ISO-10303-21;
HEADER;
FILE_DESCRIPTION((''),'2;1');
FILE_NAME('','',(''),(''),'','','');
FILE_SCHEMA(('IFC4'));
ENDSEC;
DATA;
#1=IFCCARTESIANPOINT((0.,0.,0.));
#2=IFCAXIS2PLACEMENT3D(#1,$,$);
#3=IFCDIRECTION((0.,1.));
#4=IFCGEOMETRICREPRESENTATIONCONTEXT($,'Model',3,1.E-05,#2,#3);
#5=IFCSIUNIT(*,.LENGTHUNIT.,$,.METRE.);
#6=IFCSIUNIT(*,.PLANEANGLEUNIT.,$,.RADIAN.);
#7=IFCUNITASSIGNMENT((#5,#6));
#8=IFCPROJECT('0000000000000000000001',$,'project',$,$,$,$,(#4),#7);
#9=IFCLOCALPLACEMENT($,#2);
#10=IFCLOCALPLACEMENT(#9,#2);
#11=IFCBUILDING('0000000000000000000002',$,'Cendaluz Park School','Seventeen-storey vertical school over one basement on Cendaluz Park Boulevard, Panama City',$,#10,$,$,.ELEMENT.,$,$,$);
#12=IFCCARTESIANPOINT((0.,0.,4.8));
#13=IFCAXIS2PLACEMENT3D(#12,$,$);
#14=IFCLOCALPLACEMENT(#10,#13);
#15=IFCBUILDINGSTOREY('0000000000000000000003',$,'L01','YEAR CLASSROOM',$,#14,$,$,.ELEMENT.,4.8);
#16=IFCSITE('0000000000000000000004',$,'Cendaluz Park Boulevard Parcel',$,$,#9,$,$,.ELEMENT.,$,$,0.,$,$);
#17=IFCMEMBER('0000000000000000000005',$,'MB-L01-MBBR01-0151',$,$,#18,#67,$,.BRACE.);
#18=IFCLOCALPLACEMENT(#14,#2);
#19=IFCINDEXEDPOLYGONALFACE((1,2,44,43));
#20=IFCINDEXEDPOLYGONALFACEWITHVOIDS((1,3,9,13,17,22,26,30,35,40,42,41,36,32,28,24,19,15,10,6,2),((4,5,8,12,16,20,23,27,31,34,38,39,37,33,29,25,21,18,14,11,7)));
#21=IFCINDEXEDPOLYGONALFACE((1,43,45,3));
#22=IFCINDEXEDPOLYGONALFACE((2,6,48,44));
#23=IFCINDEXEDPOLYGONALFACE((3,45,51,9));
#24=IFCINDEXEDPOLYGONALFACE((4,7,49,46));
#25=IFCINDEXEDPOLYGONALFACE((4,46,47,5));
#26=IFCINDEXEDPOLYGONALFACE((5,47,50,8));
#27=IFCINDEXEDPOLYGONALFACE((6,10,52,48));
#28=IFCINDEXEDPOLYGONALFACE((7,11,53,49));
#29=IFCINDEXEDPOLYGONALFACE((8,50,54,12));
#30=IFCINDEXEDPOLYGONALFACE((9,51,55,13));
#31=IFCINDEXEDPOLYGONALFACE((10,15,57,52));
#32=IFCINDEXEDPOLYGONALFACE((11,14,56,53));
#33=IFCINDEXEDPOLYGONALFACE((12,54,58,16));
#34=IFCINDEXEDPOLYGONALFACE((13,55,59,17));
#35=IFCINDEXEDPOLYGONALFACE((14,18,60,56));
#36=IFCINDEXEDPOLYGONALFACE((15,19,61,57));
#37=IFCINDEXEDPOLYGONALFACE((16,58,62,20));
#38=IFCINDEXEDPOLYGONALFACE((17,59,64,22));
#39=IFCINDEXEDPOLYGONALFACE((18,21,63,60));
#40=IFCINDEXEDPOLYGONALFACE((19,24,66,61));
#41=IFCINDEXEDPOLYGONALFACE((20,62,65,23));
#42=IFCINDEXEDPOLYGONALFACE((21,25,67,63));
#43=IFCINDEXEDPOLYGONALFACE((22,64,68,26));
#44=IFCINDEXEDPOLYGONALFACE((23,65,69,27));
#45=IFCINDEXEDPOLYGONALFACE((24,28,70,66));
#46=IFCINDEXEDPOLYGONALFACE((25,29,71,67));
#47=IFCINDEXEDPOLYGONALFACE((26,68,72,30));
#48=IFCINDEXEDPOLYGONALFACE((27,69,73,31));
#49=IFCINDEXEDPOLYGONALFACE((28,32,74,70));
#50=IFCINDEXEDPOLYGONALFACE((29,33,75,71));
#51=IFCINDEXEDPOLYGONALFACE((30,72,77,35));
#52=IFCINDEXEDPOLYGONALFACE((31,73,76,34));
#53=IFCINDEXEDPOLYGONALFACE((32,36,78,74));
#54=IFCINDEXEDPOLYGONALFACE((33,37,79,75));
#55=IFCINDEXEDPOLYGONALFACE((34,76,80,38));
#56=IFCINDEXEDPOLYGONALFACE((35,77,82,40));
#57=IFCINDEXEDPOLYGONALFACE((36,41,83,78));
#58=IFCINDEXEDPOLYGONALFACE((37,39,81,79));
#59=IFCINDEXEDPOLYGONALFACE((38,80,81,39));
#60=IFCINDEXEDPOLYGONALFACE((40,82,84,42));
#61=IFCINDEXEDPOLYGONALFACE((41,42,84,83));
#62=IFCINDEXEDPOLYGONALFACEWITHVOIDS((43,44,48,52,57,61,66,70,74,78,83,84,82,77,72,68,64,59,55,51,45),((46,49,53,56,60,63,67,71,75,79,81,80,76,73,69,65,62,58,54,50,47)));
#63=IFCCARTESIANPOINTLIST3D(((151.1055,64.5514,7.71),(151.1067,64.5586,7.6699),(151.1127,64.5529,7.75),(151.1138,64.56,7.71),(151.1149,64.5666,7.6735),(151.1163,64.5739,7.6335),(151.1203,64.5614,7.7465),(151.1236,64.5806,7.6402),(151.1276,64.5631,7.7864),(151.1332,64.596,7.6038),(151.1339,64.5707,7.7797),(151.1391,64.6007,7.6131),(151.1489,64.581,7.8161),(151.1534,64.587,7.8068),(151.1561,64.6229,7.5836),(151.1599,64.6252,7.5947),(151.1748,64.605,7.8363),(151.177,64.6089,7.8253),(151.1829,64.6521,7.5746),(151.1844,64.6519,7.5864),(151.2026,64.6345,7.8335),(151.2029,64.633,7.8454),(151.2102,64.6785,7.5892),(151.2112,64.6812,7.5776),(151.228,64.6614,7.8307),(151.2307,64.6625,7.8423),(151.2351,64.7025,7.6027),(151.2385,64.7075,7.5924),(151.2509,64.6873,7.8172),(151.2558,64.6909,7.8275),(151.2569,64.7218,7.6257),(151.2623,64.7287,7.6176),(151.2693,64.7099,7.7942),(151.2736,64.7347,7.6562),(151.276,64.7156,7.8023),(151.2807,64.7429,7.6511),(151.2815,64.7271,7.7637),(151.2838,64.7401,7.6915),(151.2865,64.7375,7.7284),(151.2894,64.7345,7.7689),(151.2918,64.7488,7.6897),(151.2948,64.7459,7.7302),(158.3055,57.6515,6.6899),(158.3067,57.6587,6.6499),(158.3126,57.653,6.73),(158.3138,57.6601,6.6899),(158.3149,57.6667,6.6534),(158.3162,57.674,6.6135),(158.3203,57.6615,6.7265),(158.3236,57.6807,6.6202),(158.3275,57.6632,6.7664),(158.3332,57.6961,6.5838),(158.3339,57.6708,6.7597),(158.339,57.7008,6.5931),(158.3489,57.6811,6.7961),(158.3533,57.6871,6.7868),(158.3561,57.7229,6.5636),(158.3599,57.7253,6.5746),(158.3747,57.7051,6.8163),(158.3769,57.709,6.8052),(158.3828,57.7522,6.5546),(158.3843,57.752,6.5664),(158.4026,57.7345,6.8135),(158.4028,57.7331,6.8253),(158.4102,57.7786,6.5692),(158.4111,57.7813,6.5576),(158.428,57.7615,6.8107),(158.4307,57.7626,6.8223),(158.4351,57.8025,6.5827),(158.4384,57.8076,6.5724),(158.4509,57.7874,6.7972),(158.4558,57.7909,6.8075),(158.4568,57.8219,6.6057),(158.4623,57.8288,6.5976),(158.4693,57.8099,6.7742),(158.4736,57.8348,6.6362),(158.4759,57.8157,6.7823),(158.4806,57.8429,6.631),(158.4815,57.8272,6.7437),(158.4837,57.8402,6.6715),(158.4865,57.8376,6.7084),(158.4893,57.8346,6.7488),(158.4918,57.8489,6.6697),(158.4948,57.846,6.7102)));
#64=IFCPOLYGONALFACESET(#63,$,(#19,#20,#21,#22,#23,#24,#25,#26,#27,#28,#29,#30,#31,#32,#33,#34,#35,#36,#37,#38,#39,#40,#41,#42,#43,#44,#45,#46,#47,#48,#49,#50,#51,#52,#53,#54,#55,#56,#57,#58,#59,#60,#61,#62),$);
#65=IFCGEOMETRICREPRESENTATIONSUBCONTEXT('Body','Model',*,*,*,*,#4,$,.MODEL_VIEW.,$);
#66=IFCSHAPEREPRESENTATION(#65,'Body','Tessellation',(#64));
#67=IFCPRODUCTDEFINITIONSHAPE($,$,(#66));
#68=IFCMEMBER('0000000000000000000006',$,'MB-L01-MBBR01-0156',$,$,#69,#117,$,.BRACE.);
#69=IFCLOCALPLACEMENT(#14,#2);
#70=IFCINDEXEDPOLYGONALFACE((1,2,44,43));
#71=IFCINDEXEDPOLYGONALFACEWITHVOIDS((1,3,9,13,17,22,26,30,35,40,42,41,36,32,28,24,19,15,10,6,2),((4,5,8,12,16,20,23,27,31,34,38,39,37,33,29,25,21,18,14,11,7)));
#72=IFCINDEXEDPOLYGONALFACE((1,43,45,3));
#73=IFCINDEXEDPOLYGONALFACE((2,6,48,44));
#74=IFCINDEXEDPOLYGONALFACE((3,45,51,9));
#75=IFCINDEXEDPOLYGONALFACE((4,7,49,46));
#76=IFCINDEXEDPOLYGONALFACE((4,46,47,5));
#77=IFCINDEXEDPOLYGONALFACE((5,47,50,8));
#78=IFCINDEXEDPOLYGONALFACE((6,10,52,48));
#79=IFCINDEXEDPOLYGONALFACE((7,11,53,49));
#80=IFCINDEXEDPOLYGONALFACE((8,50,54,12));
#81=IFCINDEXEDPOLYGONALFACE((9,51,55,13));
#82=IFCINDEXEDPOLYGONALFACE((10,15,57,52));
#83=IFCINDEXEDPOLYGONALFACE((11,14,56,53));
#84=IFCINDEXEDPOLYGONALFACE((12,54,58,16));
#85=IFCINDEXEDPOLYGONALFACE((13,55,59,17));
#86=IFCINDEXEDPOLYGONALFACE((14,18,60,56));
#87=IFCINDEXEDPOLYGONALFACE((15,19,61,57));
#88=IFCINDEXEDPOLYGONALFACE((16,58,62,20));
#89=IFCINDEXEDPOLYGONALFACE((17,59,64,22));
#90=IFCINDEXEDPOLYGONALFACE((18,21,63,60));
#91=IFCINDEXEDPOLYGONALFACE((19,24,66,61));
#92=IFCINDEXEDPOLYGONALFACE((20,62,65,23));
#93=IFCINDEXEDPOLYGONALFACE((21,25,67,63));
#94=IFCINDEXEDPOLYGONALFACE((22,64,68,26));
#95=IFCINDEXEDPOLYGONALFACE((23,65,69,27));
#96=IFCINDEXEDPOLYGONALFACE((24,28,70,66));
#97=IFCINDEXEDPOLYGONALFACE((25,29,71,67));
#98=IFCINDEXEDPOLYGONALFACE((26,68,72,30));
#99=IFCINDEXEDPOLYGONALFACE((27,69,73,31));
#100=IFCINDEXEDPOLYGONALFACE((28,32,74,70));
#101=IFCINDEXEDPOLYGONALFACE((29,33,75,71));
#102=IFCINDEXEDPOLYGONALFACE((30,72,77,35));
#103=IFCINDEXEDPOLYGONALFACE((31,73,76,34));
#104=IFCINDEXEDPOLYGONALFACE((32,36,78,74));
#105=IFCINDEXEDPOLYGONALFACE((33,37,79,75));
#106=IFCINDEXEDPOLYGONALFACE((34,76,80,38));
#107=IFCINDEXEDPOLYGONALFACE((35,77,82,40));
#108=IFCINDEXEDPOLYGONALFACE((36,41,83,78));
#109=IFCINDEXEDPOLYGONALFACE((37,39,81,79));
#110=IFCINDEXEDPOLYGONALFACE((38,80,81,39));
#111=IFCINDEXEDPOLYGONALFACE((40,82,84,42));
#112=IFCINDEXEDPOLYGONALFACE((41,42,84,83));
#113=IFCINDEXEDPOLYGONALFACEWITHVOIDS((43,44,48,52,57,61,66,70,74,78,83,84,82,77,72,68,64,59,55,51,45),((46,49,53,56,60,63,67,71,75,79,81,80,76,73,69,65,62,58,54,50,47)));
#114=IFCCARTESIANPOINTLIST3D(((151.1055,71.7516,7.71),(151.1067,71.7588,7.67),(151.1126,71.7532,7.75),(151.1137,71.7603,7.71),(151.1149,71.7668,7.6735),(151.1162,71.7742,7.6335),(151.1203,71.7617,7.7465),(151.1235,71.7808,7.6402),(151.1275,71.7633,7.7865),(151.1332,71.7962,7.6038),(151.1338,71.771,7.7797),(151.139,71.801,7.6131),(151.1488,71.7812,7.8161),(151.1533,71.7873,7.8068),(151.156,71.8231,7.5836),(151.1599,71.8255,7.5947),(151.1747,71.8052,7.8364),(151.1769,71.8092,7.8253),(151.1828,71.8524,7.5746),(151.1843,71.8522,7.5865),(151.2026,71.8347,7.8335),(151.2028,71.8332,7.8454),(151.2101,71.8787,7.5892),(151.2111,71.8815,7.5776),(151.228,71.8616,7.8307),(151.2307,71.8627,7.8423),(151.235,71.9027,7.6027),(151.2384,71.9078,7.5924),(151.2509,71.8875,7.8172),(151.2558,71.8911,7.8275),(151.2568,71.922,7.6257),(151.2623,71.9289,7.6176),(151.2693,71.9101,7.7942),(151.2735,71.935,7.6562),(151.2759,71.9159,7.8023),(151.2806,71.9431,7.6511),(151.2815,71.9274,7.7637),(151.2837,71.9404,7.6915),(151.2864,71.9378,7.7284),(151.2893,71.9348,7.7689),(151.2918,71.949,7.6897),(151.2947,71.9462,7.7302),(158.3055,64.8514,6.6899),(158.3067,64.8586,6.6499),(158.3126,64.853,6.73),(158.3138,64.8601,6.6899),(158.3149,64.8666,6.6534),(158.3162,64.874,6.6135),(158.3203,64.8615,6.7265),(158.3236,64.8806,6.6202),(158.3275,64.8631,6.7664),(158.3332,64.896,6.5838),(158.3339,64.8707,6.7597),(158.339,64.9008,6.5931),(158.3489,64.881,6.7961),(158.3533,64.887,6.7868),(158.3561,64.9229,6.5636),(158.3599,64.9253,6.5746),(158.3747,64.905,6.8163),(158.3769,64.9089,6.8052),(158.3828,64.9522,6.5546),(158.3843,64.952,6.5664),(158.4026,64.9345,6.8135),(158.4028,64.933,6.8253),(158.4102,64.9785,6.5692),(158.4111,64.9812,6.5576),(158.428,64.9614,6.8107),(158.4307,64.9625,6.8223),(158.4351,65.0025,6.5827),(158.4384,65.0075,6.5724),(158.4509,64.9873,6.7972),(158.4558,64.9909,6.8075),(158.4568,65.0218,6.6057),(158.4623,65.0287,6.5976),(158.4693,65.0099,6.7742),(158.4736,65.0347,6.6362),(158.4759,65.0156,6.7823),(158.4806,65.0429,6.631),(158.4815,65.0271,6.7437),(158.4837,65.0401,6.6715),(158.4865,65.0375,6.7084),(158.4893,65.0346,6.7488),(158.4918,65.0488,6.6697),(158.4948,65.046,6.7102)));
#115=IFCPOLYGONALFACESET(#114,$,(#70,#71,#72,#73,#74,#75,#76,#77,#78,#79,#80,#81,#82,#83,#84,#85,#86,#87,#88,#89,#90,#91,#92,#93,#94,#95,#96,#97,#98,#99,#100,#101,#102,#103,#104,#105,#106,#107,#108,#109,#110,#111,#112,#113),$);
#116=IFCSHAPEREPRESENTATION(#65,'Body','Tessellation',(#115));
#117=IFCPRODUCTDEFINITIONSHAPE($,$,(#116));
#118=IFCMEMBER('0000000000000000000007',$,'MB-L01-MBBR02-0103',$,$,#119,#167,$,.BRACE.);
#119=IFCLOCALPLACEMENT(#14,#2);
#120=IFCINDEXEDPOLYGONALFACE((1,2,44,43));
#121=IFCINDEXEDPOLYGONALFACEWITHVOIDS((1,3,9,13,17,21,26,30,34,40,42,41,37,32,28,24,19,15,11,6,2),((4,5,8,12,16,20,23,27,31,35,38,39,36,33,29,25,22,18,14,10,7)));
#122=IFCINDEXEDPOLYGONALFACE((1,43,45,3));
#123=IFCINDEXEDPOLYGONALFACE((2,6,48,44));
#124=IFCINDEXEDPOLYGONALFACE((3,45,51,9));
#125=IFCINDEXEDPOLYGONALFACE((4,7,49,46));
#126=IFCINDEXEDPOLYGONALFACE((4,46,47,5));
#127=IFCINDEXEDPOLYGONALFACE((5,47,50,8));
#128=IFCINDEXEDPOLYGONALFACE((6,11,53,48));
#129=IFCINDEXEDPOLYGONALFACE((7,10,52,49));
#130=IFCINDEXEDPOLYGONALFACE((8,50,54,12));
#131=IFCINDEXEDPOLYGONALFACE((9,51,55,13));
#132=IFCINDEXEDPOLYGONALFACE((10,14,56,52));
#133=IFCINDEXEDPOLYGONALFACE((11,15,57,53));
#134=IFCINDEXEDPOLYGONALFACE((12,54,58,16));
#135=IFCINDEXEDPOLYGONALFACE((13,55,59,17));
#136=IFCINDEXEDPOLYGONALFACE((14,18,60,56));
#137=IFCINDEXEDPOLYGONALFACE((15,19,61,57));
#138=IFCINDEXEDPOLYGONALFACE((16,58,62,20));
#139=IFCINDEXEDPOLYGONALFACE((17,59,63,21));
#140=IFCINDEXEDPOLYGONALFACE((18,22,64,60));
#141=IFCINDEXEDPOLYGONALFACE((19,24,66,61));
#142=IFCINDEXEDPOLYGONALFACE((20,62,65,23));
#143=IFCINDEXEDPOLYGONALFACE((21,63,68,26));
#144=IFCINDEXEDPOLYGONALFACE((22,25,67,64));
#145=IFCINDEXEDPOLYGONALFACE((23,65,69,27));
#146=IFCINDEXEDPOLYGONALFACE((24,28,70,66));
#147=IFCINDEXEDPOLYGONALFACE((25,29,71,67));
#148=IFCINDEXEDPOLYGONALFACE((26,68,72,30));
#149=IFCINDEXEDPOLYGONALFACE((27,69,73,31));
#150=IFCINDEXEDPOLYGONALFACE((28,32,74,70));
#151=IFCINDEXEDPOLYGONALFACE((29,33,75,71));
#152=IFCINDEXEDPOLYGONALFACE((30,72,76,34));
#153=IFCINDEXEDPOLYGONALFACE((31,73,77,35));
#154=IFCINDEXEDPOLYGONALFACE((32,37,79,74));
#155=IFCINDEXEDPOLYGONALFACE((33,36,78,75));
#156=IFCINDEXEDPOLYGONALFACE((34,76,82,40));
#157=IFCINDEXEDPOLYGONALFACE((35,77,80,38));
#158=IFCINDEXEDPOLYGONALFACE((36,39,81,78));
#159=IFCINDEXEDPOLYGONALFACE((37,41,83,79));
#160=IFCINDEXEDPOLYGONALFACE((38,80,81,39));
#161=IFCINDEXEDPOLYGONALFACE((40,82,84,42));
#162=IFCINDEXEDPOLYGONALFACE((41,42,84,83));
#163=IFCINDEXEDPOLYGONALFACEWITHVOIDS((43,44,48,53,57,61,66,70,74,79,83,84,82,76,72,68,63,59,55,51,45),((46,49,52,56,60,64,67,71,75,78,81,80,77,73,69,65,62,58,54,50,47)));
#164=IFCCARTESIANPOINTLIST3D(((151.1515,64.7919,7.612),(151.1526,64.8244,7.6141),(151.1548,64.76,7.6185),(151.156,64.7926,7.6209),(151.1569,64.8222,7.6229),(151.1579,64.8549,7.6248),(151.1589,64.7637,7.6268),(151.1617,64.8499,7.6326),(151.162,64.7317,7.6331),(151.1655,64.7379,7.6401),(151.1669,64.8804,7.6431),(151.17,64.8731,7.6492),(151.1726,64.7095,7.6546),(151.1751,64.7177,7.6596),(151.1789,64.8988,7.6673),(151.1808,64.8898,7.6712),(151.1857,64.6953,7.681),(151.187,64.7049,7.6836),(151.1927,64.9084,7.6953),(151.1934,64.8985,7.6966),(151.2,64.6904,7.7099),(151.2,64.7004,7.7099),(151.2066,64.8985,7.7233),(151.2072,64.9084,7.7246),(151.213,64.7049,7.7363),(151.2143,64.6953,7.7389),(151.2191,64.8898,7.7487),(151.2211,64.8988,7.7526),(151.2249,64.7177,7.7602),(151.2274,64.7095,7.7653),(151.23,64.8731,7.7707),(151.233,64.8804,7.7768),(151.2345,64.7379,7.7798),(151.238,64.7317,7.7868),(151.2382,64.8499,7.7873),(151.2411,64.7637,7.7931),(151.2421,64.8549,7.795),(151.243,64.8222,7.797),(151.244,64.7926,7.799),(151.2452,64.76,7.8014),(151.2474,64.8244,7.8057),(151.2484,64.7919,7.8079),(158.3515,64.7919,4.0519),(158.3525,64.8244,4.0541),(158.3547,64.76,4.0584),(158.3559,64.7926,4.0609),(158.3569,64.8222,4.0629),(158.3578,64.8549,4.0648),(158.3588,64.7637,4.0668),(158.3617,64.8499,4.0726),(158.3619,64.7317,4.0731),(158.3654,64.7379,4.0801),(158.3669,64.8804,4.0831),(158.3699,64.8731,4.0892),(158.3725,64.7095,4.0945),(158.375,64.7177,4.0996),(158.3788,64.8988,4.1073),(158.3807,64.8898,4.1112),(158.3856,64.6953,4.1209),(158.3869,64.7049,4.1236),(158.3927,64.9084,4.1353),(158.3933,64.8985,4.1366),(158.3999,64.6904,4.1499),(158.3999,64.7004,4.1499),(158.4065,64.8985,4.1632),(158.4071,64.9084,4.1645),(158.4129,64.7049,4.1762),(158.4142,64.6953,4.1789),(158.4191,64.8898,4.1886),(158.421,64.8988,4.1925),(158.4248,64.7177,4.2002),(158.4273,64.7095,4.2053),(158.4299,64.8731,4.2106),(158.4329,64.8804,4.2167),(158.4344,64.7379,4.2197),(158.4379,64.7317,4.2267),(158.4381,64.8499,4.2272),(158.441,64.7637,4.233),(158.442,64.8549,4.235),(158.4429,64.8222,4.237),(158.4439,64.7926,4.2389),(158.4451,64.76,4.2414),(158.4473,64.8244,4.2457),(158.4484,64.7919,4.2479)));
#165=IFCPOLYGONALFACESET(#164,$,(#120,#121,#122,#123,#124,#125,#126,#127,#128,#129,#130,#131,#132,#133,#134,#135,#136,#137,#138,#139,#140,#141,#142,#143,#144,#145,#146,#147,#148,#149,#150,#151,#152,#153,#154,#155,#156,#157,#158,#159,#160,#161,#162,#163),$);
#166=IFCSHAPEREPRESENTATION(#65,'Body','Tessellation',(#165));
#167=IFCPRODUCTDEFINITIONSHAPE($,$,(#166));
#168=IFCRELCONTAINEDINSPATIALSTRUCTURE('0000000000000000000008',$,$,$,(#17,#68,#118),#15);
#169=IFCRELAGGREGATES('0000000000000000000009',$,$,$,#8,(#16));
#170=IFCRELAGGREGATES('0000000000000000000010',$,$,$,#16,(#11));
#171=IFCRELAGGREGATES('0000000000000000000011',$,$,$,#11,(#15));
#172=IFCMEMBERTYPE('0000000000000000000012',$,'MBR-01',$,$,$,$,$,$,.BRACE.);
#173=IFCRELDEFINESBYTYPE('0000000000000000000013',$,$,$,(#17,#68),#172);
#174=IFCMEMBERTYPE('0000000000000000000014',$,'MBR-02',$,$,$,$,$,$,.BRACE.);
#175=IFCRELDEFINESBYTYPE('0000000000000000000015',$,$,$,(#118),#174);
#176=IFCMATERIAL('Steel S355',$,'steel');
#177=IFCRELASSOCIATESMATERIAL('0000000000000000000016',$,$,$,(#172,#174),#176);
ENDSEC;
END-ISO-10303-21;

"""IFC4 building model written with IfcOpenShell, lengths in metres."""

from ifc_helpers import new_model, si_unit, direction, frame, origin, origin_2d, place, context, subcontext, project, spatial, hollow_circle, extrude, material, material_profile, profile_set, type_object, element, save


model = new_model("IFC4")

# Units and contexts
model_context = context("Model", 3, precision=1e-05, world=origin(), true_north=direction((0.0, 1.0)))
body_context = subcontext(model_context, "Body", "Model", "MODEL_VIEW")
ifc_project = project(units=[si_unit("LENGTHUNIT", "METRE"), si_unit("PLANEANGLEUNIT", "RADIAN")], contexts=[model_context])

# Site, building, storey
site_placement = place(None, origin())
site = spatial("IfcSite", under=ifc_project, at=site_placement, Name="Cendaluz Park Boulevard Parcel", CompositionType="ELEMENT", RefElevation=0.0)
building_placement = place(site_placement, origin())
building = spatial("IfcBuilding", under=site, at=building_placement, Name="Cendaluz Park School", Description="Seventeen-storey vertical school over one basement on Cendaluz Park Boulevard, Panama City", CompositionType="ELEMENT")
storey_placement = place(building_placement, frame((0.0, 0.0, 4.8)))
storey = spatial("IfcBuildingStorey", under=building, at=storey_placement, Name="L01", Description="YEAR CLASSROOM", CompositionType="ELEMENT", Elevation=4.8)

# Members
ifc_material_1 = material(Name="Steel S355", Category="steel")
ifc_material_profile_1 = material_profile(ifc_material_1, hollow_circle(Radius=0.1365, WallThickness=0.012, at=origin_2d()), Name="CHS 273x12", Category="steel")
ifc_profile_set_1 = profile_set([ifc_material_profile_1], Name="Steel S355")
member_type_1 = type_object("IfcMemberType", Name="MBR-01", PredefinedType="BRACE", material=ifc_profile_set_1)
member_1_placement = place(storey_placement, frame((158.3999, 57.75, 6.6899), z_axis=(-0.718243, 0.688311, 0.101754), x_axis=(-0.691903, -0.721991, 0.0)))
element("IfcMember", 1, at=member_1_placement, inside=storey, type_object=member_type_1, Name="MB-L01-MBBR01-0151", PredefinedType="BRACE", context=body_context, shape_type="SweptSolid", body=[
    extrude(hollow_circle(Radius=0.1365, WallThickness=0.012, at=origin_2d()), origin(), (0.0, 0.0, 1.0), 10.0244),
])
member_2_placement = place(storey_placement, frame((158.3999, 64.95, 6.6899), z_axis=(-0.718231, 0.688324, 0.101752), x_axis=(-0.691915, -0.721979, 0.0)))
element("IfcMember", 2, at=member_2_placement, inside=storey, type_object=member_type_1, Name="MB-L01-MBBR01-0156", PredefinedType="BRACE", context=body_context, shape_type="SweptSolid", body=[
    extrude(hollow_circle(Radius=0.1365, WallThickness=0.012, at=origin_2d()), origin(), (0.0, 0.0, 1.0), 10.0247),
])
ifc_material_profile_2 = material_profile(ifc_material_1, hollow_circle(Radius=0.1096, WallThickness=0.01, at=origin_2d()), Name="CHS 219x10", Category="steel")
ifc_profile_set_2 = profile_set([ifc_material_profile_2], Name="Steel S355")
member_type_2 = type_object("IfcMemberType", Name="MBR-02", PredefinedType="BRACE", material=ifc_profile_set_2)
member_3_placement = place(storey_placement, frame((158.3999, 64.8, 4.1499), z_axis=(-0.896406, 0.0, 0.443233), x_axis=(0.0, -1.0, 0.0)))
element("IfcMember", 3, at=member_3_placement, inside=storey, type_object=member_type_2, Name="MB-L01-MBBR02-0103", PredefinedType="BRACE", context=body_context, shape_type="SweptSolid", body=[
    extrude(hollow_circle(Radius=0.1096, WallThickness=0.01, at=origin_2d()), origin(), (0.0, 0.0, 1.0), 8.032),
])

save(model, "model.ifc")
